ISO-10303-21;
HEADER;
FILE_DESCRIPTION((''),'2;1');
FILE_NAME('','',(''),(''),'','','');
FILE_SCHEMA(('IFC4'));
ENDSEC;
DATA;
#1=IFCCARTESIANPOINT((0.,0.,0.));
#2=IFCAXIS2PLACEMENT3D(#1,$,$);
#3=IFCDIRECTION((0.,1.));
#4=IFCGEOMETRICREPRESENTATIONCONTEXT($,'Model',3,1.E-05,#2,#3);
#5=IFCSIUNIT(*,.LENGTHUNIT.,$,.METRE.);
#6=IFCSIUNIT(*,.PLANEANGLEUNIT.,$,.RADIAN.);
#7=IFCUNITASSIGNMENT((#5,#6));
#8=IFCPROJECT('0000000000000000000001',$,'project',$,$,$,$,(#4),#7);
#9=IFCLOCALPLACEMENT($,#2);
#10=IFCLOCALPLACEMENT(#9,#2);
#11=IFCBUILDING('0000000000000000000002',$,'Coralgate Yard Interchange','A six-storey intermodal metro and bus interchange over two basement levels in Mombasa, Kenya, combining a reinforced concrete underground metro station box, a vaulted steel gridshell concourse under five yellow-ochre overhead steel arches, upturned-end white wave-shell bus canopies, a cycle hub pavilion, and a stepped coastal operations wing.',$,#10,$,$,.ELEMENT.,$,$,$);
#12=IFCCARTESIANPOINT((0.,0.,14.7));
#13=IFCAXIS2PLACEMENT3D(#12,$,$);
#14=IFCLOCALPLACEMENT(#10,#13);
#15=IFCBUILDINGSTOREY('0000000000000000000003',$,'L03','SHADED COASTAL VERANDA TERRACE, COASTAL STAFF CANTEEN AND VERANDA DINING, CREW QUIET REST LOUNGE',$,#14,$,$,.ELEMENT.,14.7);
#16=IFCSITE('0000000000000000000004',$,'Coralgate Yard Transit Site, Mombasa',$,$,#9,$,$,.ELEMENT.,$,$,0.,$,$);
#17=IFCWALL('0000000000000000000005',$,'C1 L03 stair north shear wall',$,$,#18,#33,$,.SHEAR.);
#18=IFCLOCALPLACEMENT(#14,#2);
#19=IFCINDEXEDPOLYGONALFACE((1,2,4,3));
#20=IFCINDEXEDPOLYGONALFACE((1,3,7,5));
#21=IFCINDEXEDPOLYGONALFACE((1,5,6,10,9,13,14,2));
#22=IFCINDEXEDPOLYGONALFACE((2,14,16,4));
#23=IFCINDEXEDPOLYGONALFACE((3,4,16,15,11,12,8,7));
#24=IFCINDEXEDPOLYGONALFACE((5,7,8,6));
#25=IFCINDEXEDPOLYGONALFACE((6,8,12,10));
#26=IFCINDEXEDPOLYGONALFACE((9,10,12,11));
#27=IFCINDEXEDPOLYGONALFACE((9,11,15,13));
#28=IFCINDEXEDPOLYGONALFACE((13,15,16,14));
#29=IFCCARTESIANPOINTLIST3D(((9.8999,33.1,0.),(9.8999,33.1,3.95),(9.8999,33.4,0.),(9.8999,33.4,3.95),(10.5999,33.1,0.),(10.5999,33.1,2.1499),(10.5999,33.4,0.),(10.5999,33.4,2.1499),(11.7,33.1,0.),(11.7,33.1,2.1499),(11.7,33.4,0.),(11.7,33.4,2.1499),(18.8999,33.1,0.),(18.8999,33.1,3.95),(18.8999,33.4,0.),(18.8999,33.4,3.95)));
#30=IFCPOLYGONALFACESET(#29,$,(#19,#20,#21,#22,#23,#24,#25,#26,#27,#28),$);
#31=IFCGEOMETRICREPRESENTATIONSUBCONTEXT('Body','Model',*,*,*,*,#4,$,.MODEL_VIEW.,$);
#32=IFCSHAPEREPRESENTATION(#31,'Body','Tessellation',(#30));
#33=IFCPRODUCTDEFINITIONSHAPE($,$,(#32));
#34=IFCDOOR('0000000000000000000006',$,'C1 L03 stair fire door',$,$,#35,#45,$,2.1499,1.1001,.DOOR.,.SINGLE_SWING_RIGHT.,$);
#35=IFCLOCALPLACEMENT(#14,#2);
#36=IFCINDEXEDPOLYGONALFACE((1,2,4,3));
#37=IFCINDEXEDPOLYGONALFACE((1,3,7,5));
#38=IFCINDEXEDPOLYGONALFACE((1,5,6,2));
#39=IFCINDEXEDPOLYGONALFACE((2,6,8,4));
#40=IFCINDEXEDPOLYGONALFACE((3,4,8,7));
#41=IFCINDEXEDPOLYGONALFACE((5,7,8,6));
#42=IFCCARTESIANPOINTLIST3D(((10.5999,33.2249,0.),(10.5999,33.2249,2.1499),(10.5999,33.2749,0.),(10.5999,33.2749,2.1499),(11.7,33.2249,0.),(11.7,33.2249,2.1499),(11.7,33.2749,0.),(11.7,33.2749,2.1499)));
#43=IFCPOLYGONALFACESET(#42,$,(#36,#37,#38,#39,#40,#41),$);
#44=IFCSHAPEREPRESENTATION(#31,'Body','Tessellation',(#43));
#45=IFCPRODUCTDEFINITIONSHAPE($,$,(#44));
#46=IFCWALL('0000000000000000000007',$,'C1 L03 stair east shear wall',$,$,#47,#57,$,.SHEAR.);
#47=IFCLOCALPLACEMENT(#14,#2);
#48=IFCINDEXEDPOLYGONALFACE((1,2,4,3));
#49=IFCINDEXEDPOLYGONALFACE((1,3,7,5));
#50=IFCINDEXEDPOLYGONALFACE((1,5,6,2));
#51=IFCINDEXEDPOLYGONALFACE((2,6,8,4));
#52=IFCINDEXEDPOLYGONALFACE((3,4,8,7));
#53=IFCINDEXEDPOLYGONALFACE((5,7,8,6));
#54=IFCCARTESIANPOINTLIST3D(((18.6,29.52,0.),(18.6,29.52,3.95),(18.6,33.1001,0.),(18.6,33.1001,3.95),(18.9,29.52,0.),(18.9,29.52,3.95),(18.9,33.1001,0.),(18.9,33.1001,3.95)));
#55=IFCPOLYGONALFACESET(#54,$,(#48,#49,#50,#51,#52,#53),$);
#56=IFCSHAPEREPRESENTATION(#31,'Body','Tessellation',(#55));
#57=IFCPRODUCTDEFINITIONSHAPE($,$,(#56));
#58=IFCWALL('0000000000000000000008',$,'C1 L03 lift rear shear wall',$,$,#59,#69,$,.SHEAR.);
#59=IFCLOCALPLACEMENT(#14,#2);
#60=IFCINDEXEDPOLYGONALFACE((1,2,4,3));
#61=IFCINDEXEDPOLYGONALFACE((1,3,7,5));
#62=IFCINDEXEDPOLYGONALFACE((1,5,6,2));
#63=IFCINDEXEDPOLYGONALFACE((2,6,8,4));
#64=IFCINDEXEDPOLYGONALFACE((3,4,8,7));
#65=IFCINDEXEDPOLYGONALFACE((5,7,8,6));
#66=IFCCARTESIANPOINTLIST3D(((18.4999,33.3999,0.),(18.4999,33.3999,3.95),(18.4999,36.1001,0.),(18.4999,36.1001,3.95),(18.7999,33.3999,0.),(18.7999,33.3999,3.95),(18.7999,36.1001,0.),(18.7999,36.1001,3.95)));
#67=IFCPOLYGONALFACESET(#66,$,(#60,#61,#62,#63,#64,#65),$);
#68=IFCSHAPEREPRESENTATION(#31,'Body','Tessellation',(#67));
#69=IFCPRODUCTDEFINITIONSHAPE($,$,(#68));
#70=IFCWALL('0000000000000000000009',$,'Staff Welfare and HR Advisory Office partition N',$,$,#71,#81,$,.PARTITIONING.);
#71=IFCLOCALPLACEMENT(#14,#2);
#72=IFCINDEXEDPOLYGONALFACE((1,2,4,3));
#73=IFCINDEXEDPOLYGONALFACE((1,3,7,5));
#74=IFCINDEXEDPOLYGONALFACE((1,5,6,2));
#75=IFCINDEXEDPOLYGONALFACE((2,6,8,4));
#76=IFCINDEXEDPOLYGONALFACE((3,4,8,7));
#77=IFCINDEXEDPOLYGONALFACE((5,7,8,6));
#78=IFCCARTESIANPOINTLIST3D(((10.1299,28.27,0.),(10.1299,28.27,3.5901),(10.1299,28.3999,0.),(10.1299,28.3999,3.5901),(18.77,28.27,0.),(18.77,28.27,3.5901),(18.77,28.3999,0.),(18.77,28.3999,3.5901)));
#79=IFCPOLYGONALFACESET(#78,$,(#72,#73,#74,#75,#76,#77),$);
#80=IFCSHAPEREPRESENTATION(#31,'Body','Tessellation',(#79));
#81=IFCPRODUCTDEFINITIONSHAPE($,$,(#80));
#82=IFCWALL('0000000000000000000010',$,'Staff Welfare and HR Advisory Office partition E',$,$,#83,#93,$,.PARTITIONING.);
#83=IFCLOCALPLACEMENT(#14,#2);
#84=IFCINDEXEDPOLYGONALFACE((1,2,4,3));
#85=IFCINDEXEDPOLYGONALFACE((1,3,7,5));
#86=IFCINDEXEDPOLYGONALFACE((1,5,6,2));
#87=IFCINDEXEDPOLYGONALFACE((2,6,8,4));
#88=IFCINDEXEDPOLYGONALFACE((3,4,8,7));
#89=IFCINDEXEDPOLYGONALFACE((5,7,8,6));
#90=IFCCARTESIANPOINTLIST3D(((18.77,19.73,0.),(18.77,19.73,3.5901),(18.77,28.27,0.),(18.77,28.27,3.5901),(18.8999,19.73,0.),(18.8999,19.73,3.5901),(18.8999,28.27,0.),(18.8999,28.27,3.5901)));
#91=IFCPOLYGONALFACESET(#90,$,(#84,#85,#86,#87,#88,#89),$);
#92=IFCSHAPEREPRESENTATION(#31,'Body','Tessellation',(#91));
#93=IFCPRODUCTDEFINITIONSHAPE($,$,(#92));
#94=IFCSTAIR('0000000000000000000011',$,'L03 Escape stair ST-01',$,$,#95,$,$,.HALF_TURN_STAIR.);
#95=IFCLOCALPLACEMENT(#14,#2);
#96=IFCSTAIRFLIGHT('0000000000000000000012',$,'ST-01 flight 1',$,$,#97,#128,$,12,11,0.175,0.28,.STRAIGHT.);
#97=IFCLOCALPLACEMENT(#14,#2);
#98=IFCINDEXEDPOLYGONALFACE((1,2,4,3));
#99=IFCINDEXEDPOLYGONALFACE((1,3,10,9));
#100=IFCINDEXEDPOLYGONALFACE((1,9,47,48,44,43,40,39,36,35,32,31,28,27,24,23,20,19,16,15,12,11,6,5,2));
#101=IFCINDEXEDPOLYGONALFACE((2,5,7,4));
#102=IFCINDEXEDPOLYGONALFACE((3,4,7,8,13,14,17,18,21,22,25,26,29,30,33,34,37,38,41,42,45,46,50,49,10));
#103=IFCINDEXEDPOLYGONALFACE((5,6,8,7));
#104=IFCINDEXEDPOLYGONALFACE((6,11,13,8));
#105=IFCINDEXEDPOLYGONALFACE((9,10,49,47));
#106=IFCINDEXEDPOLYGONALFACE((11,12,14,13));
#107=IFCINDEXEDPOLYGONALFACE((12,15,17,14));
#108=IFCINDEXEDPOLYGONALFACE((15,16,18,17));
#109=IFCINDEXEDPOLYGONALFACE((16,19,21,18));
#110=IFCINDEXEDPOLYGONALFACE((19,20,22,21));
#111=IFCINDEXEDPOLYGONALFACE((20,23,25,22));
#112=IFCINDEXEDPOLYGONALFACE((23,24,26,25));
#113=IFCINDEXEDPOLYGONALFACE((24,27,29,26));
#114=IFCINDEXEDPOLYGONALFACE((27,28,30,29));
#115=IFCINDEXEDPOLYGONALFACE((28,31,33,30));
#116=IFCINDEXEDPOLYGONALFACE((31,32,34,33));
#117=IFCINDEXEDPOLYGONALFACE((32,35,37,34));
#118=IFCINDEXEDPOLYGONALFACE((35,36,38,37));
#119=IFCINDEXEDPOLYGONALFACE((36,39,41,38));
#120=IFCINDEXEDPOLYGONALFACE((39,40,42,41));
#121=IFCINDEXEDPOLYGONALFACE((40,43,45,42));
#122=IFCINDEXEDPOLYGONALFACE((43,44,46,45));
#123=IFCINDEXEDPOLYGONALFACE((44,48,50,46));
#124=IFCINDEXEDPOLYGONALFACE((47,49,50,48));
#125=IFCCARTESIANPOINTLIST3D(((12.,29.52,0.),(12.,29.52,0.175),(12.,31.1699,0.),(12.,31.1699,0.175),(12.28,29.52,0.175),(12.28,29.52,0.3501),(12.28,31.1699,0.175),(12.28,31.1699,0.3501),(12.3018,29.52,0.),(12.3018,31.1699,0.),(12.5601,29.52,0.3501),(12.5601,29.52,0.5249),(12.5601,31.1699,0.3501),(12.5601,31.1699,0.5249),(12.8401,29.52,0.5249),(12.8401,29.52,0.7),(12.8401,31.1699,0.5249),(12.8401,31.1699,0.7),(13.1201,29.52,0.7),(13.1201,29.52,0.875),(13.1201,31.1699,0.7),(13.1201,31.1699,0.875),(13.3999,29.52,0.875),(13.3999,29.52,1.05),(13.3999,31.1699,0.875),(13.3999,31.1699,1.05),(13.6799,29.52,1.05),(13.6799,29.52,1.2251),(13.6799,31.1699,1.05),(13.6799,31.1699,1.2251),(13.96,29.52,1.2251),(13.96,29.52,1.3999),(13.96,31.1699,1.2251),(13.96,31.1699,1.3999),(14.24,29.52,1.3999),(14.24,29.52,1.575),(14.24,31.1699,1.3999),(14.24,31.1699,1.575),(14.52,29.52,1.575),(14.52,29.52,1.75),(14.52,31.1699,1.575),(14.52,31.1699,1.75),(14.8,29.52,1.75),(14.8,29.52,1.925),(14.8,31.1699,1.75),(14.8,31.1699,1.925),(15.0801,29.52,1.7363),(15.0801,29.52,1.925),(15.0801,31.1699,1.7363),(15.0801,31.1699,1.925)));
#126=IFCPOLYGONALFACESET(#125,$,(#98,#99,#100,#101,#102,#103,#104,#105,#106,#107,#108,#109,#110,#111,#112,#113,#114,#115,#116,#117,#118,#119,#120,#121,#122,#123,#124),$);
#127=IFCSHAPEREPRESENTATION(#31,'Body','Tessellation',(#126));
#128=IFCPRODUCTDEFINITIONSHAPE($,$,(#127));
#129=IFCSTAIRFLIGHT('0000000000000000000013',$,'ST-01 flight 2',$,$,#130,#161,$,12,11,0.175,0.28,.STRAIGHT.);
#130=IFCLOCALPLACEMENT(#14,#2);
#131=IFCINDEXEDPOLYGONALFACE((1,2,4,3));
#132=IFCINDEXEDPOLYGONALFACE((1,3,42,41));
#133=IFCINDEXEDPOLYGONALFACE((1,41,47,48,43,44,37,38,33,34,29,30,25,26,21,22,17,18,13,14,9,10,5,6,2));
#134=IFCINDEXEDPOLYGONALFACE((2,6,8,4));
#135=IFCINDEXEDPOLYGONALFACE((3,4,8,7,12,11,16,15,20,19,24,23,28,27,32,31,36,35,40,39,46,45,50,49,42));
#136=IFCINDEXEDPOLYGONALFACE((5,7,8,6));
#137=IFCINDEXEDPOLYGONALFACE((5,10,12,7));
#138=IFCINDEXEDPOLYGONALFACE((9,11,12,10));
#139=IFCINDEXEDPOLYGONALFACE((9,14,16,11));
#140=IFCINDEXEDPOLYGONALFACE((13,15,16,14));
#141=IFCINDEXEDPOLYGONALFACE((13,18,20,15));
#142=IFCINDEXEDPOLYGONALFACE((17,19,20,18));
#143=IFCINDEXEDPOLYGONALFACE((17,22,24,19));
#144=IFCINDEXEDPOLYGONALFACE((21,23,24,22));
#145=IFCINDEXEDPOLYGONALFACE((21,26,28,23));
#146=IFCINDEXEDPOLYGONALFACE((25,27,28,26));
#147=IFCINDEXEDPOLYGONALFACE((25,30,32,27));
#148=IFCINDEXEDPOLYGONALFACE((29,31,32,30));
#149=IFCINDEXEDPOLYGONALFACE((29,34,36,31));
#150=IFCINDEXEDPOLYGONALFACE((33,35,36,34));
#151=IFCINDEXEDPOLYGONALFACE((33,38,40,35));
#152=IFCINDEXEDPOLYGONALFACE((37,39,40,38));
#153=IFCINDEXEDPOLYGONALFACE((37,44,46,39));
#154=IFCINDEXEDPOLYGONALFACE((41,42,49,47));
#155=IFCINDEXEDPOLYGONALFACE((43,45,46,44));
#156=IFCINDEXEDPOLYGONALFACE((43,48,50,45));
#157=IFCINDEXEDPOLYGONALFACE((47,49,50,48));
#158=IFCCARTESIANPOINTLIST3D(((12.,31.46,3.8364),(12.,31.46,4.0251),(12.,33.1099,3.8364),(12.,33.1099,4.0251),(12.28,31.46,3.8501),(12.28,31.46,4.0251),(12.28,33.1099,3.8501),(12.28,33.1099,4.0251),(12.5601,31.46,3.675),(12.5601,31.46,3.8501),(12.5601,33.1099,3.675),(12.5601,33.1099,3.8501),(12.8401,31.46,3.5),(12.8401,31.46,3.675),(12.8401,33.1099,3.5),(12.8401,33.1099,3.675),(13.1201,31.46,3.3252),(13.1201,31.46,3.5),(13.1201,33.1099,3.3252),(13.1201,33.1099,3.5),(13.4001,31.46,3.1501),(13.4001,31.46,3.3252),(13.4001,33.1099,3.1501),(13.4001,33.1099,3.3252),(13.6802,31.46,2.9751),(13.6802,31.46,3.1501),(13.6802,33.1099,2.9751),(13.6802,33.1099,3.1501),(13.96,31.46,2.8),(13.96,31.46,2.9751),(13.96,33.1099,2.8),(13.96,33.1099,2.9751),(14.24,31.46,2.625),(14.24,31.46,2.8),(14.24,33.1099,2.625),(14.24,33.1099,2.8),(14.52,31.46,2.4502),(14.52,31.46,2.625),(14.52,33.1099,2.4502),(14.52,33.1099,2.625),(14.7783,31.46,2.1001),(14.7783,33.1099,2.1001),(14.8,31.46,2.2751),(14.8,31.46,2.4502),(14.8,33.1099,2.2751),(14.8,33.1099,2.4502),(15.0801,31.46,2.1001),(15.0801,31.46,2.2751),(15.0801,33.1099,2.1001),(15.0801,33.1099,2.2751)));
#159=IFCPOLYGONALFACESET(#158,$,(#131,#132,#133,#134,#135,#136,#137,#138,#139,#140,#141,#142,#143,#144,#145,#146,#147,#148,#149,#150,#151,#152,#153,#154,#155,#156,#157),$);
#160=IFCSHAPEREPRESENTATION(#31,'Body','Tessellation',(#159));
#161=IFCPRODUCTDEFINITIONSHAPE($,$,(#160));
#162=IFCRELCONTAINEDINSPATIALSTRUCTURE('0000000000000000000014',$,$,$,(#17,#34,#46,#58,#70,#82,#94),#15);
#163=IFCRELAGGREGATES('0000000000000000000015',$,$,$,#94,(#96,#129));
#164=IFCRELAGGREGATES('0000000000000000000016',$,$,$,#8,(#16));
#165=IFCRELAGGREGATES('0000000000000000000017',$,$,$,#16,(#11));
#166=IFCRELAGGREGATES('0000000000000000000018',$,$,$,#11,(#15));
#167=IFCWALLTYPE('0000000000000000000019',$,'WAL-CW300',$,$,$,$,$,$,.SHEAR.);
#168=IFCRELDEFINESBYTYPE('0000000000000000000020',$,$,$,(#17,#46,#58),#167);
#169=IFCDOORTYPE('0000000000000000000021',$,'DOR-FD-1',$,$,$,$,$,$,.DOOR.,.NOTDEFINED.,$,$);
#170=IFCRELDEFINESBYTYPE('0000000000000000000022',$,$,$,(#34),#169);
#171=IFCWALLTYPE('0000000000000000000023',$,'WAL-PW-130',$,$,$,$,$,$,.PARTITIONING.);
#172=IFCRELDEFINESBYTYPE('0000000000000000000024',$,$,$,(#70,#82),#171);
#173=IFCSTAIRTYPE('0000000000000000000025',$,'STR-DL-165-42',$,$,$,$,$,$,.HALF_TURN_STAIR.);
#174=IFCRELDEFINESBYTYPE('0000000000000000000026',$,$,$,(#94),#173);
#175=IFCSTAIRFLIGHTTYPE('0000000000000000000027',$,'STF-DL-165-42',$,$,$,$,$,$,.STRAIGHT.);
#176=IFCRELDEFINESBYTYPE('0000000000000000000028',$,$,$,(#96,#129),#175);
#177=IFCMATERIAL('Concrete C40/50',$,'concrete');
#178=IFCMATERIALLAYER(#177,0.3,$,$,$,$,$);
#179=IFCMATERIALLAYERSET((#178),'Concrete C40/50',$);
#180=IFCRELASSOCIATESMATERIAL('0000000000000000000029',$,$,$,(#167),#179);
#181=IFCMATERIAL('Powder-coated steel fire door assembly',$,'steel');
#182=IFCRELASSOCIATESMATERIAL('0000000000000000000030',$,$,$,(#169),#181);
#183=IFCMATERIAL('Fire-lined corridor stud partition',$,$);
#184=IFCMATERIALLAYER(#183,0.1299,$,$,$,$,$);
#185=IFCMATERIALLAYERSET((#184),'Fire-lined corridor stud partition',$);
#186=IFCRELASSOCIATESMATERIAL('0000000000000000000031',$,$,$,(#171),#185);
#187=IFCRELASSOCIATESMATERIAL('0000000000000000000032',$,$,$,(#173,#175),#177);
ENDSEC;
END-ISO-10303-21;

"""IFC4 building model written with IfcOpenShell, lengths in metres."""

from ifc_helpers import new_model, si_unit, direction, frame, frame_2d, origin, place, context, subcontext, project, spatial, polyline, rectangle, outline, extrude, material, layer, layer_set, type_object, element, fill, aggregate, save


model = new_model("IFC4")

# Units and contexts
model_context = context("Model", 3, precision=1e-05, world=origin(), true_north=direction((0.0, 1.0)))
body_context = subcontext(model_context, "Body", "Model", "MODEL_VIEW")
ifc_project = project(units=[si_unit("LENGTHUNIT", "METRE"), si_unit("PLANEANGLEUNIT", "RADIAN")], contexts=[model_context])

# Site, building, storey
site_placement = place(None, origin())
site = spatial("IfcSite", under=ifc_project, at=site_placement, Name="Coralgate Yard Transit Site, Mombasa", CompositionType="ELEMENT", RefElevation=0.0)
building_placement = place(site_placement, origin())
building = spatial("IfcBuilding", under=site, at=building_placement, Name="Coralgate Yard Interchange", Description="A six-storey intermodal metro and bus interchange over two basement levels in Mombasa, Kenya, combining a reinforced concrete underground metro station box, a vaulted steel gridshell concourse under five yellow-ochre overhead steel arches, upturned-end white wave-shell bus canopies, a cycle hub pavilion, and a stepped coastal operations wing.", CompositionType="ELEMENT")
storey_placement = place(building_placement, frame((0.0, 0.0, 14.7)))
storey = spatial("IfcBuildingStorey", under=building, at=storey_placement, Name="L03", Description="SHADED COASTAL VERANDA TERRACE, COASTAL STAFF CANTEEN AND VERANDA DINING, CREW QUIET REST LOUNGE", CompositionType="ELEMENT", Elevation=14.7)

# Wall, opening, door
ifc_material_1 = material(Name="Concrete C40/50", Category="concrete")
ifc_layer_1 = layer(ifc_material_1, 0.3)
ifc_layer_set_1 = layer_set([ifc_layer_1], Name="Concrete C40/50")
wall_type_1 = type_object("IfcWallType", Name="WAL-CW300", PredefinedType="SHEAR", material=ifc_layer_set_1)
wall_1_placement = place(storey_placement, frame((18.8999, 33.25, 0.0), z_axis=(0.0, 0.0, 1.0), x_axis=(-1.0, 0.0, 0.0)))
wall_1 = element("IfcWall", 1, at=wall_1_placement, inside=storey, type_object=wall_type_1, Name="C1 L03 stair north shear wall", PredefinedType="SHEAR", context=body_context, shape_type="SweptSolid", body=[
    extrude(rectangle(XDim=9.0, YDim=0.3, at=frame_2d((4.5, 0.0))), origin(), (0.0, 0.0, 1.0), 3.95),
])
opening_placement = place(wall_1_placement, frame((7.2, 0.0, 0.0)))
opening = element("IfcOpeningElement", 2, at=opening_placement, cuts=wall_1, PredefinedType="OPENING", context=body_context, shape_type="SweptSolid", body=[
    extrude(rectangle(XDim=1.1001, YDim=2.1499, at=frame_2d((0.55, 1.075))), frame((0.0, 0.1599, 0.0), z_axis=(0.0, -1.0, 0.0), x_axis=(1.0, 0.0, 0.0)), (0.0, 0.0, 1.0), 0.3201),
])
ifc_material_2 = material(Name="Powder-coated steel fire door assembly", Category="steel")
door_type = type_object("IfcDoorType", Name="DOR-FD-1", OperationType="NOTDEFINED", PredefinedType="DOOR", material=ifc_material_2)
door_placement = place(opening_placement, frame((1.1001, 0.0, 0.0), z_axis=(0.0, 0.0, 1.0), x_axis=(-1.0, 0.0, 0.0)))
door = element("IfcDoor", 3, at=door_placement, inside=storey, type_object=door_type, Name="C1 L03 stair fire door", OperationType="SINGLE_SWING_RIGHT", OverallHeight=2.1499, OverallWidth=1.1001, PredefinedType="DOOR", context=body_context, shape_type="SweptSolid", body=[
    extrude(rectangle(XDim=1.1001, YDim=2.1499, at=frame_2d((0.55, 1.075))), frame((0.0, 0.0249, 0.0), z_axis=(0.0, -1.0, 0.0), x_axis=(1.0, 0.0, 0.0)), (0.0, 0.0, 1.0), 0.05),
])
fill(opening, door)

# Walls
wall_2_placement = place(storey_placement, frame((18.75, 33.1001, 0.0), z_axis=(0.0, 0.0, 1.0), x_axis=(0.0, -1.0, 0.0)))
element("IfcWall", 4, at=wall_2_placement, inside=storey, type_object=wall_type_1, Name="C1 L03 stair east shear wall", PredefinedType="SHEAR", context=body_context, shape_type="SweptSolid", body=[
    extrude(rectangle(XDim=3.5801, YDim=0.3, at=frame_2d((1.79, 0.0))), origin(), (0.0, 0.0, 1.0), 3.95),
])
wall_3_placement = place(storey_placement, frame((18.6499, 33.3999, 0.0), z_axis=(0.0, 0.0, 1.0), x_axis=(0.0, 1.0, 0.0)))
element("IfcWall", 5, at=wall_3_placement, inside=storey, type_object=wall_type_1, Name="C1 L03 lift rear shear wall", PredefinedType="SHEAR", context=body_context, shape_type="SweptSolid", body=[
    extrude(rectangle(XDim=2.7002, YDim=0.3, at=frame_2d((1.3501, 0.0))), origin(), (0.0, 0.0, 1.0), 3.95),
])
ifc_material_3 = material(Name="Fire-lined corridor stud partition")
ifc_layer_2 = layer(ifc_material_3, 0.1299)
ifc_layer_set_2 = layer_set([ifc_layer_2], Name="Fire-lined corridor stud partition")
wall_type_2 = type_object("IfcWallType", Name="WAL-PW-130", PredefinedType="PARTITIONING", material=ifc_layer_set_2)
wall_4_placement = place(storey_placement, frame((10.1299, 28.335, 0.0), z_axis=(0.0, 0.0, 1.0), x_axis=(1.0, 0.0, 0.0)))
element("IfcWall", 6, at=wall_4_placement, inside=storey, type_object=wall_type_2, Name="Staff Welfare and HR Advisory Office partition N", PredefinedType="PARTITIONING", context=body_context, shape_type="SweptSolid", body=[
    extrude(rectangle(XDim=8.6401, YDim=0.1299, at=frame_2d((4.3201, 0.0))), origin(), (0.0, 0.0, 1.0), 3.5901),
])
wall_5_placement = place(storey_placement, frame((18.835, 28.27, 0.0), z_axis=(0.0, 0.0, 1.0), x_axis=(0.0, -1.0, 0.0)))
element("IfcWall", 7, at=wall_5_placement, inside=storey, type_object=wall_type_2, Name="Staff Welfare and HR Advisory Office partition E", PredefinedType="PARTITIONING", context=body_context, shape_type="SweptSolid", body=[
    extrude(rectangle(XDim=8.54, YDim=0.1299, at=frame_2d((4.27, 0.0))), origin(), (0.0, 0.0, 1.0), 3.5901),
])

# Stair, stair flights
stair_type = type_object("IfcStairType", Name="STR-DL-165-42", PredefinedType="HALF_TURN_STAIR", material=ifc_material_1)
stair_placement = place(storey_placement, origin())
stair = element("IfcStair", 8, at=stair_placement, inside=storey, type_object=stair_type, Name="L03 Escape stair ST-01", PredefinedType="HALF_TURN_STAIR")
stair_flight_type = type_object("IfcStairFlightType", Name="STF-DL-165-42", PredefinedType="STRAIGHT", material=ifc_material_1)
stair_flight_1_placement = place(storey_placement, frame((12.0, 30.345, 0.0), z_axis=(0.0, 0.0, 1.0), x_axis=(1.0, 0.0, 0.0)))
stair_flight_1 = element("IfcStairFlight", 9, at=stair_flight_1_placement, type_object=stair_flight_type, Name="ST-01 flight 1", NumberOfRisers=12, NumberOfTreads=11, PredefinedType="STRAIGHT", RiserHeight=0.175, TreadLength=0.28, context=body_context, shape_type="SweptSolid", body=[
    extrude(outline(polyline([(0.0, 0.0), (0.0, 0.175), (0.28, 0.175), (0.28, 0.3501), (0.5601, 0.3501), (0.5601, 0.5249), (0.8401, 0.5249), (0.8401, 0.7), (1.1201, 0.7), (1.1201, 0.875), (1.3999, 0.875), (1.3999, 1.05), (1.6799, 1.05), (1.6799, 1.2251), (1.96, 1.2251), (1.96, 1.3999), (2.24, 1.3999), (2.24, 1.575), (2.52, 1.575), (2.52, 1.75), (2.8, 1.75), (2.8, 1.925), (3.0801, 1.925), (3.0801, 2.1001), (3.0801, 1.7363), (0.3018, 0.0), (0.0, 0.0)])), frame((0.0, 0.825, 0.0), z_axis=(0.0, -1.0, 0.0), x_axis=(1.0, 0.0, 0.0)), (0.0, 0.0, 1.0), 1.6499),
])
stair_flight_2_placement = place(storey_placement, frame((15.0801, 32.2849, 2.1001), z_axis=(0.0, 0.0, 1.0), x_axis=(-1.0, 0.0, 0.0)))
stair_flight_2 = element("IfcStairFlight", 10, at=stair_flight_2_placement, type_object=stair_flight_type, Name="ST-01 flight 2", NumberOfRisers=12, NumberOfTreads=11, PredefinedType="STRAIGHT", RiserHeight=0.175, TreadLength=0.28, context=body_context, shape_type="SweptSolid", body=[
    extrude(outline(polyline([(0.0, 0.0), (0.0, 0.175), (0.28, 0.175), (0.28, 0.3501), (0.5601, 0.3501), (0.5601, 0.5249), (0.8401, 0.5249), (0.8401, 0.7), (1.1201, 0.7), (1.1201, 0.875), (1.3999, 0.875), (1.3999, 1.05), (1.6799, 1.05), (1.6799, 1.2251), (1.96, 1.2251), (1.96, 1.3999), (2.24, 1.3999), (2.24, 1.575), (2.52, 1.575), (2.52, 1.75), (2.8, 1.75), (2.8, 1.925), (3.0801, 1.925), (3.0801, 2.1001), (3.0801, 1.7363), (0.3018, 0.0), (0.0, 0.0)])), frame((0.0, 0.825, 0.0), z_axis=(0.0, -1.0, 0.0), x_axis=(1.0, 0.0, 0.0)), (0.0, 0.0, 1.0), 1.6499),
])
aggregate(stair, [stair_flight_1, stair_flight_2])

save(model, "model.ifc")
